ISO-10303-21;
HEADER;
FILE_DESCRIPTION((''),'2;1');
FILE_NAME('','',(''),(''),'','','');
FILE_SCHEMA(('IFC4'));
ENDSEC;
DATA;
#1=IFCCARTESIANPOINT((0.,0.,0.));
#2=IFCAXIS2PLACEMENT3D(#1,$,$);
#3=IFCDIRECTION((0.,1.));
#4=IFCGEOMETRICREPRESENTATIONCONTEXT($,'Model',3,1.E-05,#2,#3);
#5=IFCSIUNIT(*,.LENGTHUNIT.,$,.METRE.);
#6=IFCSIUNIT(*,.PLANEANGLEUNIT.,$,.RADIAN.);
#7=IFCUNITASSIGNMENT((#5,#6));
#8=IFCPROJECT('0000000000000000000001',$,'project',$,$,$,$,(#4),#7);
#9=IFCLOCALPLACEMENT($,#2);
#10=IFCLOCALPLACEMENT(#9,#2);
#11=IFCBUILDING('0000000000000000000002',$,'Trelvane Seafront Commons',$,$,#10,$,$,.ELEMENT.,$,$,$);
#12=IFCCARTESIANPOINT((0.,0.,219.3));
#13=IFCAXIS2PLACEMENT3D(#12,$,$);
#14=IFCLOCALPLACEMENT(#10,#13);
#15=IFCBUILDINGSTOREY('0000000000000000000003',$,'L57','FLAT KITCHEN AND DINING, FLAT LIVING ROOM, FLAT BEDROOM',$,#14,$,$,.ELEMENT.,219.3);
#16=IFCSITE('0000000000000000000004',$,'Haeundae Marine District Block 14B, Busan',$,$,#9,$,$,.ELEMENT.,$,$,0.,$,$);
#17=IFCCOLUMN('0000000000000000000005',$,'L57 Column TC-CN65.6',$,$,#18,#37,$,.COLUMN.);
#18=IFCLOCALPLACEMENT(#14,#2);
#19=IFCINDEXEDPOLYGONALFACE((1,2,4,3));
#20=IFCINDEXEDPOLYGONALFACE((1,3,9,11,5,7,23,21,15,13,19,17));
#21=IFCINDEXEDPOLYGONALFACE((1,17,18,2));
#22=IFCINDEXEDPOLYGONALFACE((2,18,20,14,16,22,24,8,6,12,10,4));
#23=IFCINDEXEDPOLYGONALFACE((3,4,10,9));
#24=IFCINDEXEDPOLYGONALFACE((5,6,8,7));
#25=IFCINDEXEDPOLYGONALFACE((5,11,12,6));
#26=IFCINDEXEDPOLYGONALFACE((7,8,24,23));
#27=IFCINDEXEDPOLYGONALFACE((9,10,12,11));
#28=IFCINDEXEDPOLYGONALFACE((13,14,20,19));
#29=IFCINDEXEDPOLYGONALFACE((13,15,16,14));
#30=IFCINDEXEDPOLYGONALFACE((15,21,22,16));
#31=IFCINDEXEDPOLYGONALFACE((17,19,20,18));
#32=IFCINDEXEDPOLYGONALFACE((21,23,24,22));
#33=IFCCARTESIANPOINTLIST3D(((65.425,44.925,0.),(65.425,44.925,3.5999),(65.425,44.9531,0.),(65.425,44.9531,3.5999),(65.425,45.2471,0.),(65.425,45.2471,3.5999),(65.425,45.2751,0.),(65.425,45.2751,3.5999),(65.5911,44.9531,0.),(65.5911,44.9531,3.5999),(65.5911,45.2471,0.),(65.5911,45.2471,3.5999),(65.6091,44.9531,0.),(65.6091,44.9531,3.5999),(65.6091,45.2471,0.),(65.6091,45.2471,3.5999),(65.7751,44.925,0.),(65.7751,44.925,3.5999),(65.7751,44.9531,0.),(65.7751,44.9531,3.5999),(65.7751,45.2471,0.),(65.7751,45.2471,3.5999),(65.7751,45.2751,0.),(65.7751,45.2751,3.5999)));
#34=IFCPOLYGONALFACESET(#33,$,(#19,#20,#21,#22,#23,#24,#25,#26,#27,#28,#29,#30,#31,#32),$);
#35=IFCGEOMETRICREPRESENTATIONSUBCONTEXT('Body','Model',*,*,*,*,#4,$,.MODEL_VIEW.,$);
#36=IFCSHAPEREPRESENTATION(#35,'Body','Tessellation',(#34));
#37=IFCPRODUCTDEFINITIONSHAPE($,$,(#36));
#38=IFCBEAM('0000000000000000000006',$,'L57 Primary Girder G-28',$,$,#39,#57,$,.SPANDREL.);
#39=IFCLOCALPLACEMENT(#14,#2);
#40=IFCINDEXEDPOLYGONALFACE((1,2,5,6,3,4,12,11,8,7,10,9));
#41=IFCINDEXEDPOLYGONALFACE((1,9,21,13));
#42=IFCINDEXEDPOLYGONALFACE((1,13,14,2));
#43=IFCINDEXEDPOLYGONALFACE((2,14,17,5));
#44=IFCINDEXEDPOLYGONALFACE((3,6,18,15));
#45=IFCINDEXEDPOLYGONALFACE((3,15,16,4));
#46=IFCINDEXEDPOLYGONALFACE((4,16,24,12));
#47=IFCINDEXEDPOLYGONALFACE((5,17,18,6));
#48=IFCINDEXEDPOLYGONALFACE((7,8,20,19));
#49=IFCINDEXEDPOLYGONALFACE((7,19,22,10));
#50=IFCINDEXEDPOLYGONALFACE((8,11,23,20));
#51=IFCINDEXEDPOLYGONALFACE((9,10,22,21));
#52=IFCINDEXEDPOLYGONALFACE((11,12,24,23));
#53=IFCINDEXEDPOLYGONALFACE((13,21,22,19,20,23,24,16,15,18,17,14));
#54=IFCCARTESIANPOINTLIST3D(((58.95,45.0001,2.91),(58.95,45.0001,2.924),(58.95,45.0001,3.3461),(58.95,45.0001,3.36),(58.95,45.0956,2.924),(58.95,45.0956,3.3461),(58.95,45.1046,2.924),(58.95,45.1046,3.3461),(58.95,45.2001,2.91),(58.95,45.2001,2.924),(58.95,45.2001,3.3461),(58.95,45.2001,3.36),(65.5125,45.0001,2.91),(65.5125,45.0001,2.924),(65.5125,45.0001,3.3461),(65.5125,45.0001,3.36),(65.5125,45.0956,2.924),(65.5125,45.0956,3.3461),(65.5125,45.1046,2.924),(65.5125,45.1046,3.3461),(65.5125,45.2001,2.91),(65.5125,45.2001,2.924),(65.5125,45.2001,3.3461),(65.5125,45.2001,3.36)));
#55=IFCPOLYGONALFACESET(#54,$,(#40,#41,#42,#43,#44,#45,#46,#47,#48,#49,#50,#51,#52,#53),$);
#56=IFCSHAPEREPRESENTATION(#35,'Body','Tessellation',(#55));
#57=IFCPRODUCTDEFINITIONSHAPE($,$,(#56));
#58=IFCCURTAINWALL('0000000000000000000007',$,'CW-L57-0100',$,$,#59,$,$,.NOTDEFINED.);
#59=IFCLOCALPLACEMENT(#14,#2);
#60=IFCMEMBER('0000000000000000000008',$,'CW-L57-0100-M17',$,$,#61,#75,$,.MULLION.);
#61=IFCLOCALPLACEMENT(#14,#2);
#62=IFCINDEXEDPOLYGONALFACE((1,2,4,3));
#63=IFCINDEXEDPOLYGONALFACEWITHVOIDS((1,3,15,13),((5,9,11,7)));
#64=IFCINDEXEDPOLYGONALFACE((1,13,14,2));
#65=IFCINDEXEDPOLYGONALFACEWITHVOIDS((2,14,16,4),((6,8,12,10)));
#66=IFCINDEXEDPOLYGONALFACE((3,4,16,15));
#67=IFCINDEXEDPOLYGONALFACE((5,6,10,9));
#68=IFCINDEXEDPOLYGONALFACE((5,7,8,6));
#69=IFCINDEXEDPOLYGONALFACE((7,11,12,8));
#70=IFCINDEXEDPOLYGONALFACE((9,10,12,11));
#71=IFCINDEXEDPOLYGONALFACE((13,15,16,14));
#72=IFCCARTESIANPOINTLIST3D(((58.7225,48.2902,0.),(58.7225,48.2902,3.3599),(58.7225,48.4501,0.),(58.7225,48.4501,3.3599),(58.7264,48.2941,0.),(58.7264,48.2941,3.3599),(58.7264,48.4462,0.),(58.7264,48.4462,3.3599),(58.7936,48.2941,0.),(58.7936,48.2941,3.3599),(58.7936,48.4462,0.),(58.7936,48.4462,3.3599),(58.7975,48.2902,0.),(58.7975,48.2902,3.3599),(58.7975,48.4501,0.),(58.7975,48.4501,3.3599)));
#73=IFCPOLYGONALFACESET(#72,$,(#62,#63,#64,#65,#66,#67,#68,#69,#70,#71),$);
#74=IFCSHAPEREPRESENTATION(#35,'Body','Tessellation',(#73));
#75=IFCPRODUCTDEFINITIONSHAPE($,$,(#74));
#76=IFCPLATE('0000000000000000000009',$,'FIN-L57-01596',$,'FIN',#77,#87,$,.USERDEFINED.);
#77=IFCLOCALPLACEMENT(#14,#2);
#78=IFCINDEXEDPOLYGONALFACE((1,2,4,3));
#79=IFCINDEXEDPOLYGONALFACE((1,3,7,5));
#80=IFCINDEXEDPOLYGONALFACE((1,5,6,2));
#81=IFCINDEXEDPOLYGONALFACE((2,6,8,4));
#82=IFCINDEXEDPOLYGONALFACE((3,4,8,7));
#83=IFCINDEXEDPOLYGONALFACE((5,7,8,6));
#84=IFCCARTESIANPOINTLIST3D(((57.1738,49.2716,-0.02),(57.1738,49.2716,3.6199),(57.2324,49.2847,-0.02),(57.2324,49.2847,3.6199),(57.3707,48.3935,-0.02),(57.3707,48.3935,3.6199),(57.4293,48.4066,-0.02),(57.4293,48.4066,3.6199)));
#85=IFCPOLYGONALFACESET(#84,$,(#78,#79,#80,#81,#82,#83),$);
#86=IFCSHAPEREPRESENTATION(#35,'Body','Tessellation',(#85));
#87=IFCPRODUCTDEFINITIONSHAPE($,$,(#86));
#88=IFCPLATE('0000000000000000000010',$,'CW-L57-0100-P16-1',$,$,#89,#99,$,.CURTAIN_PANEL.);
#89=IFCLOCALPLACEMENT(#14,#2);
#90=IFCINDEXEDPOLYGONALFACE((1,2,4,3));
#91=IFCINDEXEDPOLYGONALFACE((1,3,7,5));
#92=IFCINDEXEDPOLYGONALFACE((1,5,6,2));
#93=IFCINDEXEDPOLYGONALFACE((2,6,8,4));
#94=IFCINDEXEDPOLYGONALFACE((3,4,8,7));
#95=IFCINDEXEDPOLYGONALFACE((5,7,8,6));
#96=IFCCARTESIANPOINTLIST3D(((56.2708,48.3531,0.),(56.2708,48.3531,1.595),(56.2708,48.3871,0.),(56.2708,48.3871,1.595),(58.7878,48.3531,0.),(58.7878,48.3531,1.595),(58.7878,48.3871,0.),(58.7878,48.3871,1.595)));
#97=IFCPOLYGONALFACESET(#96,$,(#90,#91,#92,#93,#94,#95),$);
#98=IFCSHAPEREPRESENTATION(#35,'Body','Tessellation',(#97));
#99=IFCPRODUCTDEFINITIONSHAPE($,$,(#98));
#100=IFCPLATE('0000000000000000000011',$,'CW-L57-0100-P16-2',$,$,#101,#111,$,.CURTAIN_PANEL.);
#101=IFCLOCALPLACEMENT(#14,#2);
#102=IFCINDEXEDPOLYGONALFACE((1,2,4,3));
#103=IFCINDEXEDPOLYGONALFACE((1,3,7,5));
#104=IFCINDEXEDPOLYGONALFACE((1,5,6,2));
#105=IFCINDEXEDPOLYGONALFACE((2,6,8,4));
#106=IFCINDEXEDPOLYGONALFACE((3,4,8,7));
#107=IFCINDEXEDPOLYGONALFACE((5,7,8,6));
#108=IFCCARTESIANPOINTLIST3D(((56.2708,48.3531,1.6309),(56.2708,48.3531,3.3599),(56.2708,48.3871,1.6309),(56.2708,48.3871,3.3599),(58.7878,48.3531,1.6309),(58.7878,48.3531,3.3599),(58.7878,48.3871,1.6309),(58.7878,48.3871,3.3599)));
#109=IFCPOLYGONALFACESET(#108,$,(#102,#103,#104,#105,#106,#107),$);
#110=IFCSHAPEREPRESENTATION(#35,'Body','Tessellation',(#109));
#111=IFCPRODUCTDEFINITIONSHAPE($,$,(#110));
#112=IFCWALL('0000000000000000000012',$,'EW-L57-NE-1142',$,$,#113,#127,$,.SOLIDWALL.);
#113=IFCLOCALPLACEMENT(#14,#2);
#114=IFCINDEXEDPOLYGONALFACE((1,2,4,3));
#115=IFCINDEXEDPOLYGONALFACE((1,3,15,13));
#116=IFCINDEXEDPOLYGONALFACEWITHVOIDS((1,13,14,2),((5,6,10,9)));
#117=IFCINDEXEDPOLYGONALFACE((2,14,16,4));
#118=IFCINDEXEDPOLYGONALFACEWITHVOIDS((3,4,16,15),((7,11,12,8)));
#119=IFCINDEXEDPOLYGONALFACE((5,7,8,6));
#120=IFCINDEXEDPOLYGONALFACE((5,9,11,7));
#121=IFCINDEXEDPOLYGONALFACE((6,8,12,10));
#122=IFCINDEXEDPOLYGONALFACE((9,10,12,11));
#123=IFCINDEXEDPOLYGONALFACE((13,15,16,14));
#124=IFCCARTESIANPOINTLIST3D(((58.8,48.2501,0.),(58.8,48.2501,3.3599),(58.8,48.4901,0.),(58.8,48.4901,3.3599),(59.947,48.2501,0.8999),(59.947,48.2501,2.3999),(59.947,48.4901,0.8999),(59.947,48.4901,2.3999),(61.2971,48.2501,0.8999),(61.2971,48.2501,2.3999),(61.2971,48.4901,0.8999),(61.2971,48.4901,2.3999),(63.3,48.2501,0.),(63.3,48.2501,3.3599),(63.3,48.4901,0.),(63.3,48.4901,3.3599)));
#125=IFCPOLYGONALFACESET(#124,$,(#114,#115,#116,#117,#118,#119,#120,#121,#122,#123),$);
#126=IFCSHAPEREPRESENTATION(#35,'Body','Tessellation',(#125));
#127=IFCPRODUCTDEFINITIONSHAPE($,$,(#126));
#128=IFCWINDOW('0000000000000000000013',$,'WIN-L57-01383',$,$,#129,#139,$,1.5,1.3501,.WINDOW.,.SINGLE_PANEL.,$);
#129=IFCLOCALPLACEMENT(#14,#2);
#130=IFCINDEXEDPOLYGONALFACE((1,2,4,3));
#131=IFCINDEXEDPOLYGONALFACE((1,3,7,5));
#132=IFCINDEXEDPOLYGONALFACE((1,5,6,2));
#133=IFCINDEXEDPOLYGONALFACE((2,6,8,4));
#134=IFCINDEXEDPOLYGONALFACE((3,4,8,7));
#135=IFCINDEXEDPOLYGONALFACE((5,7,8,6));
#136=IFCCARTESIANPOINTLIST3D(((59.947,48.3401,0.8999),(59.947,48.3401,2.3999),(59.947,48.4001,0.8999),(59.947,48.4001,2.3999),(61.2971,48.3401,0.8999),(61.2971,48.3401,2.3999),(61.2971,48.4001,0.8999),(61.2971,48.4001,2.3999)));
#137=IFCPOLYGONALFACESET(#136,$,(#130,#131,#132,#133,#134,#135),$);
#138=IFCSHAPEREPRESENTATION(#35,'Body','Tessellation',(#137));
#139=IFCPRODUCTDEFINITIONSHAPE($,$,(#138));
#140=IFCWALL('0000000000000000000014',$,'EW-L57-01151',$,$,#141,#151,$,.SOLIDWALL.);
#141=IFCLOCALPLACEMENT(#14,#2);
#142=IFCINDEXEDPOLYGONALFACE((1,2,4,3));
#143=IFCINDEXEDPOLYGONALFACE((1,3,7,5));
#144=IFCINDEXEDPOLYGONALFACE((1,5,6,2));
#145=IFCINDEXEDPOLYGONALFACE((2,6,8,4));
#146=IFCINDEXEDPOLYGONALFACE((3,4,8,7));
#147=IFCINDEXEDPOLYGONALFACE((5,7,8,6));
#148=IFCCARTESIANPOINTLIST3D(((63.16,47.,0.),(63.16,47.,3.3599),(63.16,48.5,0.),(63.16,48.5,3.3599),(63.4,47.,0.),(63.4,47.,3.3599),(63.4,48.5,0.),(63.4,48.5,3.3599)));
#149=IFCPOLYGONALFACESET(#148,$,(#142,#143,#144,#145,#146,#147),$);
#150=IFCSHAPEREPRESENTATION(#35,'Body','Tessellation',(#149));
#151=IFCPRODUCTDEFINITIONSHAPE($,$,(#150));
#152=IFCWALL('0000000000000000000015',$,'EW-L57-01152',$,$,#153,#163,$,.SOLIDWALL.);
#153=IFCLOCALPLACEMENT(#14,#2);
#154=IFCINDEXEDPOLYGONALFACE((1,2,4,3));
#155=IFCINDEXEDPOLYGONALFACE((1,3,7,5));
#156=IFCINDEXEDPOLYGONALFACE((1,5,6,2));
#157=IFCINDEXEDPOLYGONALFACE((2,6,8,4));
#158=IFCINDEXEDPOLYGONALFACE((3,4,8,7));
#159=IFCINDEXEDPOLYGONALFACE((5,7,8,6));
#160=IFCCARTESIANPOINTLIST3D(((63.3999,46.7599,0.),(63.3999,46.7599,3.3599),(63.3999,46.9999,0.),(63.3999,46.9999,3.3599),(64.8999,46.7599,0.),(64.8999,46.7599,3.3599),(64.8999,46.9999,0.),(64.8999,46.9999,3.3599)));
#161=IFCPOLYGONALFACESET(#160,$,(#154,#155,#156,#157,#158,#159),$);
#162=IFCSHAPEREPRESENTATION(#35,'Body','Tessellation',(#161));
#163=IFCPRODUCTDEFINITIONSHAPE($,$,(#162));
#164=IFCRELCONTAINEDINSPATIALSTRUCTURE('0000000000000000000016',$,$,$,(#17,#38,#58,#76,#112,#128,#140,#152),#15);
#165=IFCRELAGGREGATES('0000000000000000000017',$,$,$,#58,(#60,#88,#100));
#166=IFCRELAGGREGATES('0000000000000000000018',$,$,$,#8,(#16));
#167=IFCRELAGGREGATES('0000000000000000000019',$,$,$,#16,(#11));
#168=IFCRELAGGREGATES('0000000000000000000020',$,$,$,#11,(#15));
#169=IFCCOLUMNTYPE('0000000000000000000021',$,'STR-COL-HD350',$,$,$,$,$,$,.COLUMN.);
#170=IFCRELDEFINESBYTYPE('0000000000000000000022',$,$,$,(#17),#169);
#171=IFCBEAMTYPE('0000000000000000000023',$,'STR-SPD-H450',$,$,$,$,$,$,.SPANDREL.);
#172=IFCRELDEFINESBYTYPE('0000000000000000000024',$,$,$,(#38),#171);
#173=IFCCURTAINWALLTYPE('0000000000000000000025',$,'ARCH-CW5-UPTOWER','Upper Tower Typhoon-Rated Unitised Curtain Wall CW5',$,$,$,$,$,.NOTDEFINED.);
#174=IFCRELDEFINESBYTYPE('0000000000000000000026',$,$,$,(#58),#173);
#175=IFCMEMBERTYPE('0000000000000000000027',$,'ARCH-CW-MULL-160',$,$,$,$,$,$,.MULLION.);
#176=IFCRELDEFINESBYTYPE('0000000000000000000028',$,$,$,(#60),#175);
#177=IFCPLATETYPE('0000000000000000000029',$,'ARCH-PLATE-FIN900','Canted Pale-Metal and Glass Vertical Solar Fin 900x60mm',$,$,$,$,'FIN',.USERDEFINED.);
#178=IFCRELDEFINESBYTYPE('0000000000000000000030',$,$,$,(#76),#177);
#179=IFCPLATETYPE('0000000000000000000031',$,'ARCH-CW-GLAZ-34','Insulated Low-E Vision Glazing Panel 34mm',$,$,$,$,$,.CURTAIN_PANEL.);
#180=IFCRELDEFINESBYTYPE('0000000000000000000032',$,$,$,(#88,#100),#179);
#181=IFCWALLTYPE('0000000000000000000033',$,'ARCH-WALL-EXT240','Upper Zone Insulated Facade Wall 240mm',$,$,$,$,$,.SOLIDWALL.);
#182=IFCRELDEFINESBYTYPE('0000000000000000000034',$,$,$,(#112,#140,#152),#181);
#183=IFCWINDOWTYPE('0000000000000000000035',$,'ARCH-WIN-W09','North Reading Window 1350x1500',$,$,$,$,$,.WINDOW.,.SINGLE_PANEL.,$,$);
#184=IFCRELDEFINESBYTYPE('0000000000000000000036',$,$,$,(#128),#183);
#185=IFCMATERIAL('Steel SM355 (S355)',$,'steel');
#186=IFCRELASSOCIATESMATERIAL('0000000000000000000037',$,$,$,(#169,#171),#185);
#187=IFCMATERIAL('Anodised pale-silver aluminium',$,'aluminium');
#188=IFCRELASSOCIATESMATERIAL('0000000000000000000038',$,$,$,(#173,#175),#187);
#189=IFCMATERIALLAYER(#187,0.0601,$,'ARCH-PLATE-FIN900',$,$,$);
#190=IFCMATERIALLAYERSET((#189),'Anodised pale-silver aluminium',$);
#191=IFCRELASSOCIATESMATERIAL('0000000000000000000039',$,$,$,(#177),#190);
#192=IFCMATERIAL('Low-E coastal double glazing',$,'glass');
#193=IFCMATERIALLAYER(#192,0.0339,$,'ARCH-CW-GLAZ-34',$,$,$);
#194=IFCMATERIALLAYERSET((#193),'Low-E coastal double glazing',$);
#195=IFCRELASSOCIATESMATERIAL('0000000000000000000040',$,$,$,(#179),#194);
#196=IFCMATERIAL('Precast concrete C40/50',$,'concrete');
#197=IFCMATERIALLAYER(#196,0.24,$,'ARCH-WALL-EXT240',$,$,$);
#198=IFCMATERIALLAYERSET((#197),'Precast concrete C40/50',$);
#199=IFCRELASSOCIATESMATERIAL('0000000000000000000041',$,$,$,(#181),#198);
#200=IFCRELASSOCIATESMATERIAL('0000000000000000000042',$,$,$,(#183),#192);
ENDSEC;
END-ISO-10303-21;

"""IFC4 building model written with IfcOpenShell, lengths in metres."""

from ifc_helpers import new_model, si_unit, direction, frame, frame_2d, origin, origin_2d, place, context, subcontext, project, spatial, rectangle, hollow_rectangle, i_section, extrude, source, transform, mapped, material, layer, layer_set, material_profile, profile_set, type_object, element, fill, aggregate, save


model = new_model("IFC4")

# Units and contexts
model_context = context("Model", 3, precision=1e-05, world=origin(), true_north=direction((0.0, 1.0)))
body_context = subcontext(model_context, "Body", "Model", "MODEL_VIEW")
ifc_project = project(units=[si_unit("LENGTHUNIT", "METRE"), si_unit("PLANEANGLEUNIT", "RADIAN")], contexts=[model_context])

# Site, building, storey
site_placement = place(None, origin())
site = spatial("IfcSite", under=ifc_project, at=site_placement, Name="Haeundae Marine District Block 14B, Busan", CompositionType="ELEMENT", RefElevation=0.0)
building_placement = place(site_placement, origin())
building = spatial("IfcBuilding", under=site, at=building_placement, Name="Trelvane Seafront Commons", CompositionType="ELEMENT")
storey_placement = place(building_placement, frame((0.0, 0.0, 219.3)))
storey = spatial("IfcBuildingStorey", under=building, at=storey_placement, Name="L57", Description="FLAT KITCHEN AND DINING, FLAT LIVING ROOM, FLAT BEDROOM", CompositionType="ELEMENT", Elevation=219.3)

# Column
ifc_material_1 = material(Name="Steel SM355 (S355)", Category="steel")
ifc_material_profile_1 = material_profile(ifc_material_1, i_section(OverallWidth=0.3501, OverallDepth=0.3501, WebThickness=0.0181, FlangeThickness=0.0281, at=origin_2d()), Name="HD-350x350x18x28")
ifc_profile_set_1 = profile_set([ifc_material_profile_1], Name="Steel SM355 (S355)")
column_type = type_object("IfcColumnType", Name="STR-COL-HD350", PredefinedType="COLUMN", material=ifc_profile_set_1)
shared_shape_1 = source(origin(), body_context, "Body", "SweptSolid", [
    extrude(i_section(OverallWidth=0.3501, OverallDepth=0.3501, WebThickness=0.0181, FlangeThickness=0.0281, at=origin_2d()), origin(), (0.0, 0.0, 1.0), 3.5999),
])
column_placement = place(storey_placement, frame((65.6001, 45.1001, 0.0), z_axis=(0.0, 0.0, 1.0), x_axis=(1.0, 0.0, 0.0)))
element("IfcColumn", 1, at=column_placement, inside=storey, type_object=column_type, Name="L57 Column TC-CN65.6", PredefinedType="COLUMN", context=body_context, shape_type="MappedRepresentation", body=[
    mapped(shared_shape_1, transform((0.0, 0.0, 0.0), x_axis=(1.0, 0.0, 0.0), y_axis=(0.0, 1.0, 0.0), z_axis=(0.0, 0.0, 1.0), scale=1.0)),
])

# Beam
ifc_material_profile_2 = material_profile(ifc_material_1, i_section(OverallWidth=0.2, OverallDepth=0.45, WebThickness=0.009, FlangeThickness=0.0139, at=origin_2d()), Name="H-450x200x9x14")
ifc_profile_set_2 = profile_set([ifc_material_profile_2], Name="Steel SM355 (S355)")
beam_type = type_object("IfcBeamType", Name="STR-SPD-H450", PredefinedType="SPANDREL", material=ifc_profile_set_2)
shared_shape_2 = source(origin(), body_context, "Body", "SweptSolid", [
    extrude(i_section(OverallWidth=0.2, OverallDepth=0.45, WebThickness=0.009, FlangeThickness=0.0139, at=origin_2d()), origin(), (0.0, 0.0, 1.0), 6.5625),
])
beam_placement = place(storey_placement, frame((58.95, 45.1001, 3.135), z_axis=(1.0, 0.0, 0.0), x_axis=(0.0, 1.0, 0.0)))
element("IfcBeam", 2, at=beam_placement, inside=storey, type_object=beam_type, Name="L57 Primary Girder G-28", PredefinedType="SPANDREL", context=body_context, shape_type="MappedRepresentation", body=[
    mapped(shared_shape_2, transform((0.0, 0.0, 0.0), x_axis=(1.0, 0.0, 0.0), y_axis=(0.0, 1.0, 0.0), z_axis=(0.0, 0.0, 1.0), scale=1.0)),
])

# Curtain wall, member
ifc_material_2 = material(Name="Anodised pale-silver aluminium", Category="aluminium")
curtain_wall_type = type_object("IfcCurtainWallType", Name="ARCH-CW5-UPTOWER", Description="Upper Tower Typhoon-Rated Unitised Curtain Wall CW5", PredefinedType="NOTDEFINED", material=ifc_material_2)
curtain_wall_placement = place(storey_placement, origin())
curtain_wall = element("IfcCurtainWall", 3, at=curtain_wall_placement, inside=storey, type_object=curtain_wall_type, Name="CW-L57-0100", PredefinedType="NOTDEFINED")
ifc_material_profile_3 = material_profile(ifc_material_2, hollow_rectangle(XDim=0.075, YDim=0.1599, WallThickness=0.0039, at=origin_2d()), Name="MULL-75x160x4")
ifc_profile_set_3 = profile_set([ifc_material_profile_3], Name="Anodised pale-silver aluminium")
member_type = type_object("IfcMemberType", Name="ARCH-CW-MULL-160", PredefinedType="MULLION", material=ifc_profile_set_3)
shared_shape_3 = source(origin(), body_context, "Body", "SweptSolid", [
    extrude(hollow_rectangle(XDim=0.075, YDim=0.1599, WallThickness=0.0039, at=origin_2d()), origin(), (0.0, 0.0, 1.0), 3.3599),
])
member_placement = place(storey_placement, frame((58.76, 48.3701, 0.0), z_axis=(0.0, 0.0, 1.0), x_axis=(1.0, 0.0, 0.0)))
member = element("IfcMember", 4, at=member_placement, type_object=member_type, Name="CW-L57-0100-M17", PredefinedType="MULLION", context=body_context, shape_type="MappedRepresentation", body=[
    mapped(shared_shape_3, transform((0.0, 0.0, 0.0), x_axis=(1.0, 0.0, 0.0), y_axis=(0.0, 1.0, 0.0), z_axis=(0.0, 0.0, 1.0), scale=1.0)),
])

# Plates
ifc_layer_1 = layer(ifc_material_2, 0.0601, Name="ARCH-PLATE-FIN900")
ifc_layer_set_1 = layer_set([ifc_layer_1], Name="Anodised pale-silver aluminium")
plate_type_1 = type_object("IfcPlateType", Name="ARCH-PLATE-FIN900", Description="Canted Pale-Metal and Glass Vertical Solar Fin 900x60mm", ElementType="FIN", PredefinedType="USERDEFINED", material=ifc_layer_set_1)
shared_shape_4 = source(origin(), body_context, "Body", "SweptSolid", [
    extrude(rectangle(XDim=0.8999, YDim=0.0601, at=origin_2d()), origin(), (0.0, 0.0, 1.0), 3.6399),
])
plate_1_placement = place(storey_placement, frame((57.3015, 48.8391, -0.02), z_axis=(0.0, 0.0, 1.0), x_axis=(-0.218777, 0.975775, 0.0)))
element("IfcPlate", 5, at=plate_1_placement, inside=storey, type_object=plate_type_1, Name="FIN-L57-01596", ObjectType="FIN", PredefinedType="USERDEFINED", context=body_context, shape_type="MappedRepresentation", body=[
    mapped(shared_shape_4, transform((0.0, 0.0, 0.0), x_axis=(1.0, 0.0, 0.0), y_axis=(0.0, 1.0, 0.0), z_axis=(0.0, 0.0, 1.0), scale=1.0)),
])
ifc_material_3 = material(Name="Low-E coastal double glazing", Category="glass")
ifc_layer_2 = layer(ifc_material_3, 0.0339, Name="ARCH-CW-GLAZ-34")
ifc_layer_set_2 = layer_set([ifc_layer_2], Name="Low-E coastal double glazing")
plate_type_2 = type_object("IfcPlateType", Name="ARCH-CW-GLAZ-34", Description="Insulated Low-E Vision Glazing Panel 34mm", PredefinedType="CURTAIN_PANEL", material=ifc_layer_set_2)
shared_shape_5 = source(origin(), body_context, "Body", "SweptSolid", [
    extrude(rectangle(XDim=2.5171, YDim=0.0339, at=origin_2d()), origin(), (0.0, 0.0, 1.0), 1.595),
])
plate_2_placement = place(storey_placement, frame((57.5293, 48.3701, 0.0), z_axis=(0.0, 0.0, 1.0), x_axis=(1.0, 0.0, 0.0)))
plate_2 = element("IfcPlate", 6, at=plate_2_placement, type_object=plate_type_2, Name="CW-L57-0100-P16-1", PredefinedType="CURTAIN_PANEL", context=body_context, shape_type="MappedRepresentation", body=[
    mapped(shared_shape_5, transform((0.0, 0.0, 0.0), x_axis=(1.0, 0.0, 0.0), y_axis=(0.0, 1.0, 0.0), z_axis=(0.0, 0.0, 1.0), scale=1.0)),
])
shared_shape_6 = source(origin(), body_context, "Body", "SweptSolid", [
    extrude(rectangle(XDim=2.5171, YDim=0.0339, at=origin_2d()), origin(), (0.0, 0.0, 1.0), 1.729),
])
plate_3_placement = place(storey_placement, frame((57.5293, 48.3701, 1.6309), z_axis=(0.0, 0.0, 1.0), x_axis=(1.0, 0.0, 0.0)))
plate_3 = element("IfcPlate", 7, at=plate_3_placement, type_object=plate_type_2, Name="CW-L57-0100-P16-2", PredefinedType="CURTAIN_PANEL", context=body_context, shape_type="MappedRepresentation", body=[
    mapped(shared_shape_6, transform((0.0, 0.0, 0.0), x_axis=(1.0, 0.0, 0.0), y_axis=(0.0, 1.0, 0.0), z_axis=(0.0, 0.0, 1.0), scale=1.0)),
])
aggregate(curtain_wall, [member, plate_2, plate_3])

# Wall, opening, window
ifc_material_4 = material(Name="Precast concrete C40/50", Category="concrete")
ifc_layer_3 = layer(ifc_material_4, 0.24, Name="ARCH-WALL-EXT240")
ifc_layer_set_3 = layer_set([ifc_layer_3], Name="Precast concrete C40/50")
wall_type = type_object("IfcWallType", Name="ARCH-WALL-EXT240", Description="Upper Zone Insulated Facade Wall 240mm", PredefinedType="SOLIDWALL", material=ifc_layer_set_3)
wall_1_placement = place(storey_placement, frame((58.8, 48.3701, 0.0), z_axis=(0.0, 0.0, 1.0), x_axis=(1.0, 0.0, 0.0)))
wall_1 = element("IfcWall", 8, at=wall_1_placement, inside=storey, type_object=wall_type, Name="EW-L57-NE-1142", PredefinedType="SOLIDWALL", context=body_context, shape_type="SweptSolid", body=[
    extrude(rectangle(XDim=4.5, YDim=0.24, at=frame_2d((2.25, 0.0))), origin(), (0.0, 0.0, 1.0), 3.3599),
])
opening_1_placement = place(wall_1_placement, frame((1.147, 0.0, 0.8999)))
opening_1 = element("IfcOpeningElement", 9, at=opening_1_placement, cuts=wall_1, PredefinedType="OPENING", context=body_context, shape_type="SweptSolid", body=[
    extrude(rectangle(XDim=1.3501, YDim=1.5, at=frame_2d((0.675, 0.75))), frame((0.0, 0.1299, 0.0), z_axis=(0.0, -1.0, 0.0), x_axis=(1.0, 0.0, 0.0)), (0.0, 0.0, 1.0), 0.26),
])
window_type_1 = type_object("IfcWindowType", Name="ARCH-WIN-W09", Description="North Reading Window 1350x1500", PartitioningType="SINGLE_PANEL", PredefinedType="WINDOW", material=ifc_material_3)
shared_shape_7 = source(origin(), body_context, "Body", "SweptSolid", [
    extrude(rectangle(XDim=1.3501, YDim=1.5, at=frame_2d((0.675, 0.75))), frame((0.0, 0.03, 0.0), z_axis=(0.0, -1.0, 0.0), x_axis=(1.0, 0.0, 0.0)), (0.0, 0.0, 1.0), 0.0601),
])
window_1_placement = place(opening_1_placement, origin())
window_1 = element("IfcWindow", 10, at=window_1_placement, inside=storey, type_object=window_type_1, Name="WIN-L57-01383", OverallHeight=1.5, OverallWidth=1.3501, PartitioningType="SINGLE_PANEL", PredefinedType="WINDOW", context=body_context, shape_type="MappedRepresentation", body=[
    mapped(shared_shape_7, transform((0.0, 0.0, 0.0), x_axis=(1.0, 0.0, 0.0), y_axis=(0.0, 1.0, 0.0), z_axis=(0.0, 0.0, 1.0), scale=1.0)),
])
fill(opening_1, window_1)

# Walls
for number, where, z_axis, x_axis, name in (
    (11, (63.28, 48.5, 0.0), (0.0, 0.0, 1.0), (0.0, -1.0, 0.0), "EW-L57-01151"),
    (12, (63.3999, 46.8799, 0.0), (0.0, 0.0, 1.0), (1.0, 0.0, 0.0), "EW-L57-01152"),
):
    element("IfcWall", number, at=place(storey_placement, frame(where, z_axis=z_axis, x_axis=x_axis)), inside=storey, type_object=wall_type, Name=name, PredefinedType="SOLIDWALL", context=body_context, shape_type="SweptSolid", body=[
        extrude(rectangle(XDim=1.5, YDim=0.24, at=frame_2d((0.75, 0.0))), origin(), (0.0, 0.0, 1.0), 3.3599),
    ])

save(model, "model.ifc")
